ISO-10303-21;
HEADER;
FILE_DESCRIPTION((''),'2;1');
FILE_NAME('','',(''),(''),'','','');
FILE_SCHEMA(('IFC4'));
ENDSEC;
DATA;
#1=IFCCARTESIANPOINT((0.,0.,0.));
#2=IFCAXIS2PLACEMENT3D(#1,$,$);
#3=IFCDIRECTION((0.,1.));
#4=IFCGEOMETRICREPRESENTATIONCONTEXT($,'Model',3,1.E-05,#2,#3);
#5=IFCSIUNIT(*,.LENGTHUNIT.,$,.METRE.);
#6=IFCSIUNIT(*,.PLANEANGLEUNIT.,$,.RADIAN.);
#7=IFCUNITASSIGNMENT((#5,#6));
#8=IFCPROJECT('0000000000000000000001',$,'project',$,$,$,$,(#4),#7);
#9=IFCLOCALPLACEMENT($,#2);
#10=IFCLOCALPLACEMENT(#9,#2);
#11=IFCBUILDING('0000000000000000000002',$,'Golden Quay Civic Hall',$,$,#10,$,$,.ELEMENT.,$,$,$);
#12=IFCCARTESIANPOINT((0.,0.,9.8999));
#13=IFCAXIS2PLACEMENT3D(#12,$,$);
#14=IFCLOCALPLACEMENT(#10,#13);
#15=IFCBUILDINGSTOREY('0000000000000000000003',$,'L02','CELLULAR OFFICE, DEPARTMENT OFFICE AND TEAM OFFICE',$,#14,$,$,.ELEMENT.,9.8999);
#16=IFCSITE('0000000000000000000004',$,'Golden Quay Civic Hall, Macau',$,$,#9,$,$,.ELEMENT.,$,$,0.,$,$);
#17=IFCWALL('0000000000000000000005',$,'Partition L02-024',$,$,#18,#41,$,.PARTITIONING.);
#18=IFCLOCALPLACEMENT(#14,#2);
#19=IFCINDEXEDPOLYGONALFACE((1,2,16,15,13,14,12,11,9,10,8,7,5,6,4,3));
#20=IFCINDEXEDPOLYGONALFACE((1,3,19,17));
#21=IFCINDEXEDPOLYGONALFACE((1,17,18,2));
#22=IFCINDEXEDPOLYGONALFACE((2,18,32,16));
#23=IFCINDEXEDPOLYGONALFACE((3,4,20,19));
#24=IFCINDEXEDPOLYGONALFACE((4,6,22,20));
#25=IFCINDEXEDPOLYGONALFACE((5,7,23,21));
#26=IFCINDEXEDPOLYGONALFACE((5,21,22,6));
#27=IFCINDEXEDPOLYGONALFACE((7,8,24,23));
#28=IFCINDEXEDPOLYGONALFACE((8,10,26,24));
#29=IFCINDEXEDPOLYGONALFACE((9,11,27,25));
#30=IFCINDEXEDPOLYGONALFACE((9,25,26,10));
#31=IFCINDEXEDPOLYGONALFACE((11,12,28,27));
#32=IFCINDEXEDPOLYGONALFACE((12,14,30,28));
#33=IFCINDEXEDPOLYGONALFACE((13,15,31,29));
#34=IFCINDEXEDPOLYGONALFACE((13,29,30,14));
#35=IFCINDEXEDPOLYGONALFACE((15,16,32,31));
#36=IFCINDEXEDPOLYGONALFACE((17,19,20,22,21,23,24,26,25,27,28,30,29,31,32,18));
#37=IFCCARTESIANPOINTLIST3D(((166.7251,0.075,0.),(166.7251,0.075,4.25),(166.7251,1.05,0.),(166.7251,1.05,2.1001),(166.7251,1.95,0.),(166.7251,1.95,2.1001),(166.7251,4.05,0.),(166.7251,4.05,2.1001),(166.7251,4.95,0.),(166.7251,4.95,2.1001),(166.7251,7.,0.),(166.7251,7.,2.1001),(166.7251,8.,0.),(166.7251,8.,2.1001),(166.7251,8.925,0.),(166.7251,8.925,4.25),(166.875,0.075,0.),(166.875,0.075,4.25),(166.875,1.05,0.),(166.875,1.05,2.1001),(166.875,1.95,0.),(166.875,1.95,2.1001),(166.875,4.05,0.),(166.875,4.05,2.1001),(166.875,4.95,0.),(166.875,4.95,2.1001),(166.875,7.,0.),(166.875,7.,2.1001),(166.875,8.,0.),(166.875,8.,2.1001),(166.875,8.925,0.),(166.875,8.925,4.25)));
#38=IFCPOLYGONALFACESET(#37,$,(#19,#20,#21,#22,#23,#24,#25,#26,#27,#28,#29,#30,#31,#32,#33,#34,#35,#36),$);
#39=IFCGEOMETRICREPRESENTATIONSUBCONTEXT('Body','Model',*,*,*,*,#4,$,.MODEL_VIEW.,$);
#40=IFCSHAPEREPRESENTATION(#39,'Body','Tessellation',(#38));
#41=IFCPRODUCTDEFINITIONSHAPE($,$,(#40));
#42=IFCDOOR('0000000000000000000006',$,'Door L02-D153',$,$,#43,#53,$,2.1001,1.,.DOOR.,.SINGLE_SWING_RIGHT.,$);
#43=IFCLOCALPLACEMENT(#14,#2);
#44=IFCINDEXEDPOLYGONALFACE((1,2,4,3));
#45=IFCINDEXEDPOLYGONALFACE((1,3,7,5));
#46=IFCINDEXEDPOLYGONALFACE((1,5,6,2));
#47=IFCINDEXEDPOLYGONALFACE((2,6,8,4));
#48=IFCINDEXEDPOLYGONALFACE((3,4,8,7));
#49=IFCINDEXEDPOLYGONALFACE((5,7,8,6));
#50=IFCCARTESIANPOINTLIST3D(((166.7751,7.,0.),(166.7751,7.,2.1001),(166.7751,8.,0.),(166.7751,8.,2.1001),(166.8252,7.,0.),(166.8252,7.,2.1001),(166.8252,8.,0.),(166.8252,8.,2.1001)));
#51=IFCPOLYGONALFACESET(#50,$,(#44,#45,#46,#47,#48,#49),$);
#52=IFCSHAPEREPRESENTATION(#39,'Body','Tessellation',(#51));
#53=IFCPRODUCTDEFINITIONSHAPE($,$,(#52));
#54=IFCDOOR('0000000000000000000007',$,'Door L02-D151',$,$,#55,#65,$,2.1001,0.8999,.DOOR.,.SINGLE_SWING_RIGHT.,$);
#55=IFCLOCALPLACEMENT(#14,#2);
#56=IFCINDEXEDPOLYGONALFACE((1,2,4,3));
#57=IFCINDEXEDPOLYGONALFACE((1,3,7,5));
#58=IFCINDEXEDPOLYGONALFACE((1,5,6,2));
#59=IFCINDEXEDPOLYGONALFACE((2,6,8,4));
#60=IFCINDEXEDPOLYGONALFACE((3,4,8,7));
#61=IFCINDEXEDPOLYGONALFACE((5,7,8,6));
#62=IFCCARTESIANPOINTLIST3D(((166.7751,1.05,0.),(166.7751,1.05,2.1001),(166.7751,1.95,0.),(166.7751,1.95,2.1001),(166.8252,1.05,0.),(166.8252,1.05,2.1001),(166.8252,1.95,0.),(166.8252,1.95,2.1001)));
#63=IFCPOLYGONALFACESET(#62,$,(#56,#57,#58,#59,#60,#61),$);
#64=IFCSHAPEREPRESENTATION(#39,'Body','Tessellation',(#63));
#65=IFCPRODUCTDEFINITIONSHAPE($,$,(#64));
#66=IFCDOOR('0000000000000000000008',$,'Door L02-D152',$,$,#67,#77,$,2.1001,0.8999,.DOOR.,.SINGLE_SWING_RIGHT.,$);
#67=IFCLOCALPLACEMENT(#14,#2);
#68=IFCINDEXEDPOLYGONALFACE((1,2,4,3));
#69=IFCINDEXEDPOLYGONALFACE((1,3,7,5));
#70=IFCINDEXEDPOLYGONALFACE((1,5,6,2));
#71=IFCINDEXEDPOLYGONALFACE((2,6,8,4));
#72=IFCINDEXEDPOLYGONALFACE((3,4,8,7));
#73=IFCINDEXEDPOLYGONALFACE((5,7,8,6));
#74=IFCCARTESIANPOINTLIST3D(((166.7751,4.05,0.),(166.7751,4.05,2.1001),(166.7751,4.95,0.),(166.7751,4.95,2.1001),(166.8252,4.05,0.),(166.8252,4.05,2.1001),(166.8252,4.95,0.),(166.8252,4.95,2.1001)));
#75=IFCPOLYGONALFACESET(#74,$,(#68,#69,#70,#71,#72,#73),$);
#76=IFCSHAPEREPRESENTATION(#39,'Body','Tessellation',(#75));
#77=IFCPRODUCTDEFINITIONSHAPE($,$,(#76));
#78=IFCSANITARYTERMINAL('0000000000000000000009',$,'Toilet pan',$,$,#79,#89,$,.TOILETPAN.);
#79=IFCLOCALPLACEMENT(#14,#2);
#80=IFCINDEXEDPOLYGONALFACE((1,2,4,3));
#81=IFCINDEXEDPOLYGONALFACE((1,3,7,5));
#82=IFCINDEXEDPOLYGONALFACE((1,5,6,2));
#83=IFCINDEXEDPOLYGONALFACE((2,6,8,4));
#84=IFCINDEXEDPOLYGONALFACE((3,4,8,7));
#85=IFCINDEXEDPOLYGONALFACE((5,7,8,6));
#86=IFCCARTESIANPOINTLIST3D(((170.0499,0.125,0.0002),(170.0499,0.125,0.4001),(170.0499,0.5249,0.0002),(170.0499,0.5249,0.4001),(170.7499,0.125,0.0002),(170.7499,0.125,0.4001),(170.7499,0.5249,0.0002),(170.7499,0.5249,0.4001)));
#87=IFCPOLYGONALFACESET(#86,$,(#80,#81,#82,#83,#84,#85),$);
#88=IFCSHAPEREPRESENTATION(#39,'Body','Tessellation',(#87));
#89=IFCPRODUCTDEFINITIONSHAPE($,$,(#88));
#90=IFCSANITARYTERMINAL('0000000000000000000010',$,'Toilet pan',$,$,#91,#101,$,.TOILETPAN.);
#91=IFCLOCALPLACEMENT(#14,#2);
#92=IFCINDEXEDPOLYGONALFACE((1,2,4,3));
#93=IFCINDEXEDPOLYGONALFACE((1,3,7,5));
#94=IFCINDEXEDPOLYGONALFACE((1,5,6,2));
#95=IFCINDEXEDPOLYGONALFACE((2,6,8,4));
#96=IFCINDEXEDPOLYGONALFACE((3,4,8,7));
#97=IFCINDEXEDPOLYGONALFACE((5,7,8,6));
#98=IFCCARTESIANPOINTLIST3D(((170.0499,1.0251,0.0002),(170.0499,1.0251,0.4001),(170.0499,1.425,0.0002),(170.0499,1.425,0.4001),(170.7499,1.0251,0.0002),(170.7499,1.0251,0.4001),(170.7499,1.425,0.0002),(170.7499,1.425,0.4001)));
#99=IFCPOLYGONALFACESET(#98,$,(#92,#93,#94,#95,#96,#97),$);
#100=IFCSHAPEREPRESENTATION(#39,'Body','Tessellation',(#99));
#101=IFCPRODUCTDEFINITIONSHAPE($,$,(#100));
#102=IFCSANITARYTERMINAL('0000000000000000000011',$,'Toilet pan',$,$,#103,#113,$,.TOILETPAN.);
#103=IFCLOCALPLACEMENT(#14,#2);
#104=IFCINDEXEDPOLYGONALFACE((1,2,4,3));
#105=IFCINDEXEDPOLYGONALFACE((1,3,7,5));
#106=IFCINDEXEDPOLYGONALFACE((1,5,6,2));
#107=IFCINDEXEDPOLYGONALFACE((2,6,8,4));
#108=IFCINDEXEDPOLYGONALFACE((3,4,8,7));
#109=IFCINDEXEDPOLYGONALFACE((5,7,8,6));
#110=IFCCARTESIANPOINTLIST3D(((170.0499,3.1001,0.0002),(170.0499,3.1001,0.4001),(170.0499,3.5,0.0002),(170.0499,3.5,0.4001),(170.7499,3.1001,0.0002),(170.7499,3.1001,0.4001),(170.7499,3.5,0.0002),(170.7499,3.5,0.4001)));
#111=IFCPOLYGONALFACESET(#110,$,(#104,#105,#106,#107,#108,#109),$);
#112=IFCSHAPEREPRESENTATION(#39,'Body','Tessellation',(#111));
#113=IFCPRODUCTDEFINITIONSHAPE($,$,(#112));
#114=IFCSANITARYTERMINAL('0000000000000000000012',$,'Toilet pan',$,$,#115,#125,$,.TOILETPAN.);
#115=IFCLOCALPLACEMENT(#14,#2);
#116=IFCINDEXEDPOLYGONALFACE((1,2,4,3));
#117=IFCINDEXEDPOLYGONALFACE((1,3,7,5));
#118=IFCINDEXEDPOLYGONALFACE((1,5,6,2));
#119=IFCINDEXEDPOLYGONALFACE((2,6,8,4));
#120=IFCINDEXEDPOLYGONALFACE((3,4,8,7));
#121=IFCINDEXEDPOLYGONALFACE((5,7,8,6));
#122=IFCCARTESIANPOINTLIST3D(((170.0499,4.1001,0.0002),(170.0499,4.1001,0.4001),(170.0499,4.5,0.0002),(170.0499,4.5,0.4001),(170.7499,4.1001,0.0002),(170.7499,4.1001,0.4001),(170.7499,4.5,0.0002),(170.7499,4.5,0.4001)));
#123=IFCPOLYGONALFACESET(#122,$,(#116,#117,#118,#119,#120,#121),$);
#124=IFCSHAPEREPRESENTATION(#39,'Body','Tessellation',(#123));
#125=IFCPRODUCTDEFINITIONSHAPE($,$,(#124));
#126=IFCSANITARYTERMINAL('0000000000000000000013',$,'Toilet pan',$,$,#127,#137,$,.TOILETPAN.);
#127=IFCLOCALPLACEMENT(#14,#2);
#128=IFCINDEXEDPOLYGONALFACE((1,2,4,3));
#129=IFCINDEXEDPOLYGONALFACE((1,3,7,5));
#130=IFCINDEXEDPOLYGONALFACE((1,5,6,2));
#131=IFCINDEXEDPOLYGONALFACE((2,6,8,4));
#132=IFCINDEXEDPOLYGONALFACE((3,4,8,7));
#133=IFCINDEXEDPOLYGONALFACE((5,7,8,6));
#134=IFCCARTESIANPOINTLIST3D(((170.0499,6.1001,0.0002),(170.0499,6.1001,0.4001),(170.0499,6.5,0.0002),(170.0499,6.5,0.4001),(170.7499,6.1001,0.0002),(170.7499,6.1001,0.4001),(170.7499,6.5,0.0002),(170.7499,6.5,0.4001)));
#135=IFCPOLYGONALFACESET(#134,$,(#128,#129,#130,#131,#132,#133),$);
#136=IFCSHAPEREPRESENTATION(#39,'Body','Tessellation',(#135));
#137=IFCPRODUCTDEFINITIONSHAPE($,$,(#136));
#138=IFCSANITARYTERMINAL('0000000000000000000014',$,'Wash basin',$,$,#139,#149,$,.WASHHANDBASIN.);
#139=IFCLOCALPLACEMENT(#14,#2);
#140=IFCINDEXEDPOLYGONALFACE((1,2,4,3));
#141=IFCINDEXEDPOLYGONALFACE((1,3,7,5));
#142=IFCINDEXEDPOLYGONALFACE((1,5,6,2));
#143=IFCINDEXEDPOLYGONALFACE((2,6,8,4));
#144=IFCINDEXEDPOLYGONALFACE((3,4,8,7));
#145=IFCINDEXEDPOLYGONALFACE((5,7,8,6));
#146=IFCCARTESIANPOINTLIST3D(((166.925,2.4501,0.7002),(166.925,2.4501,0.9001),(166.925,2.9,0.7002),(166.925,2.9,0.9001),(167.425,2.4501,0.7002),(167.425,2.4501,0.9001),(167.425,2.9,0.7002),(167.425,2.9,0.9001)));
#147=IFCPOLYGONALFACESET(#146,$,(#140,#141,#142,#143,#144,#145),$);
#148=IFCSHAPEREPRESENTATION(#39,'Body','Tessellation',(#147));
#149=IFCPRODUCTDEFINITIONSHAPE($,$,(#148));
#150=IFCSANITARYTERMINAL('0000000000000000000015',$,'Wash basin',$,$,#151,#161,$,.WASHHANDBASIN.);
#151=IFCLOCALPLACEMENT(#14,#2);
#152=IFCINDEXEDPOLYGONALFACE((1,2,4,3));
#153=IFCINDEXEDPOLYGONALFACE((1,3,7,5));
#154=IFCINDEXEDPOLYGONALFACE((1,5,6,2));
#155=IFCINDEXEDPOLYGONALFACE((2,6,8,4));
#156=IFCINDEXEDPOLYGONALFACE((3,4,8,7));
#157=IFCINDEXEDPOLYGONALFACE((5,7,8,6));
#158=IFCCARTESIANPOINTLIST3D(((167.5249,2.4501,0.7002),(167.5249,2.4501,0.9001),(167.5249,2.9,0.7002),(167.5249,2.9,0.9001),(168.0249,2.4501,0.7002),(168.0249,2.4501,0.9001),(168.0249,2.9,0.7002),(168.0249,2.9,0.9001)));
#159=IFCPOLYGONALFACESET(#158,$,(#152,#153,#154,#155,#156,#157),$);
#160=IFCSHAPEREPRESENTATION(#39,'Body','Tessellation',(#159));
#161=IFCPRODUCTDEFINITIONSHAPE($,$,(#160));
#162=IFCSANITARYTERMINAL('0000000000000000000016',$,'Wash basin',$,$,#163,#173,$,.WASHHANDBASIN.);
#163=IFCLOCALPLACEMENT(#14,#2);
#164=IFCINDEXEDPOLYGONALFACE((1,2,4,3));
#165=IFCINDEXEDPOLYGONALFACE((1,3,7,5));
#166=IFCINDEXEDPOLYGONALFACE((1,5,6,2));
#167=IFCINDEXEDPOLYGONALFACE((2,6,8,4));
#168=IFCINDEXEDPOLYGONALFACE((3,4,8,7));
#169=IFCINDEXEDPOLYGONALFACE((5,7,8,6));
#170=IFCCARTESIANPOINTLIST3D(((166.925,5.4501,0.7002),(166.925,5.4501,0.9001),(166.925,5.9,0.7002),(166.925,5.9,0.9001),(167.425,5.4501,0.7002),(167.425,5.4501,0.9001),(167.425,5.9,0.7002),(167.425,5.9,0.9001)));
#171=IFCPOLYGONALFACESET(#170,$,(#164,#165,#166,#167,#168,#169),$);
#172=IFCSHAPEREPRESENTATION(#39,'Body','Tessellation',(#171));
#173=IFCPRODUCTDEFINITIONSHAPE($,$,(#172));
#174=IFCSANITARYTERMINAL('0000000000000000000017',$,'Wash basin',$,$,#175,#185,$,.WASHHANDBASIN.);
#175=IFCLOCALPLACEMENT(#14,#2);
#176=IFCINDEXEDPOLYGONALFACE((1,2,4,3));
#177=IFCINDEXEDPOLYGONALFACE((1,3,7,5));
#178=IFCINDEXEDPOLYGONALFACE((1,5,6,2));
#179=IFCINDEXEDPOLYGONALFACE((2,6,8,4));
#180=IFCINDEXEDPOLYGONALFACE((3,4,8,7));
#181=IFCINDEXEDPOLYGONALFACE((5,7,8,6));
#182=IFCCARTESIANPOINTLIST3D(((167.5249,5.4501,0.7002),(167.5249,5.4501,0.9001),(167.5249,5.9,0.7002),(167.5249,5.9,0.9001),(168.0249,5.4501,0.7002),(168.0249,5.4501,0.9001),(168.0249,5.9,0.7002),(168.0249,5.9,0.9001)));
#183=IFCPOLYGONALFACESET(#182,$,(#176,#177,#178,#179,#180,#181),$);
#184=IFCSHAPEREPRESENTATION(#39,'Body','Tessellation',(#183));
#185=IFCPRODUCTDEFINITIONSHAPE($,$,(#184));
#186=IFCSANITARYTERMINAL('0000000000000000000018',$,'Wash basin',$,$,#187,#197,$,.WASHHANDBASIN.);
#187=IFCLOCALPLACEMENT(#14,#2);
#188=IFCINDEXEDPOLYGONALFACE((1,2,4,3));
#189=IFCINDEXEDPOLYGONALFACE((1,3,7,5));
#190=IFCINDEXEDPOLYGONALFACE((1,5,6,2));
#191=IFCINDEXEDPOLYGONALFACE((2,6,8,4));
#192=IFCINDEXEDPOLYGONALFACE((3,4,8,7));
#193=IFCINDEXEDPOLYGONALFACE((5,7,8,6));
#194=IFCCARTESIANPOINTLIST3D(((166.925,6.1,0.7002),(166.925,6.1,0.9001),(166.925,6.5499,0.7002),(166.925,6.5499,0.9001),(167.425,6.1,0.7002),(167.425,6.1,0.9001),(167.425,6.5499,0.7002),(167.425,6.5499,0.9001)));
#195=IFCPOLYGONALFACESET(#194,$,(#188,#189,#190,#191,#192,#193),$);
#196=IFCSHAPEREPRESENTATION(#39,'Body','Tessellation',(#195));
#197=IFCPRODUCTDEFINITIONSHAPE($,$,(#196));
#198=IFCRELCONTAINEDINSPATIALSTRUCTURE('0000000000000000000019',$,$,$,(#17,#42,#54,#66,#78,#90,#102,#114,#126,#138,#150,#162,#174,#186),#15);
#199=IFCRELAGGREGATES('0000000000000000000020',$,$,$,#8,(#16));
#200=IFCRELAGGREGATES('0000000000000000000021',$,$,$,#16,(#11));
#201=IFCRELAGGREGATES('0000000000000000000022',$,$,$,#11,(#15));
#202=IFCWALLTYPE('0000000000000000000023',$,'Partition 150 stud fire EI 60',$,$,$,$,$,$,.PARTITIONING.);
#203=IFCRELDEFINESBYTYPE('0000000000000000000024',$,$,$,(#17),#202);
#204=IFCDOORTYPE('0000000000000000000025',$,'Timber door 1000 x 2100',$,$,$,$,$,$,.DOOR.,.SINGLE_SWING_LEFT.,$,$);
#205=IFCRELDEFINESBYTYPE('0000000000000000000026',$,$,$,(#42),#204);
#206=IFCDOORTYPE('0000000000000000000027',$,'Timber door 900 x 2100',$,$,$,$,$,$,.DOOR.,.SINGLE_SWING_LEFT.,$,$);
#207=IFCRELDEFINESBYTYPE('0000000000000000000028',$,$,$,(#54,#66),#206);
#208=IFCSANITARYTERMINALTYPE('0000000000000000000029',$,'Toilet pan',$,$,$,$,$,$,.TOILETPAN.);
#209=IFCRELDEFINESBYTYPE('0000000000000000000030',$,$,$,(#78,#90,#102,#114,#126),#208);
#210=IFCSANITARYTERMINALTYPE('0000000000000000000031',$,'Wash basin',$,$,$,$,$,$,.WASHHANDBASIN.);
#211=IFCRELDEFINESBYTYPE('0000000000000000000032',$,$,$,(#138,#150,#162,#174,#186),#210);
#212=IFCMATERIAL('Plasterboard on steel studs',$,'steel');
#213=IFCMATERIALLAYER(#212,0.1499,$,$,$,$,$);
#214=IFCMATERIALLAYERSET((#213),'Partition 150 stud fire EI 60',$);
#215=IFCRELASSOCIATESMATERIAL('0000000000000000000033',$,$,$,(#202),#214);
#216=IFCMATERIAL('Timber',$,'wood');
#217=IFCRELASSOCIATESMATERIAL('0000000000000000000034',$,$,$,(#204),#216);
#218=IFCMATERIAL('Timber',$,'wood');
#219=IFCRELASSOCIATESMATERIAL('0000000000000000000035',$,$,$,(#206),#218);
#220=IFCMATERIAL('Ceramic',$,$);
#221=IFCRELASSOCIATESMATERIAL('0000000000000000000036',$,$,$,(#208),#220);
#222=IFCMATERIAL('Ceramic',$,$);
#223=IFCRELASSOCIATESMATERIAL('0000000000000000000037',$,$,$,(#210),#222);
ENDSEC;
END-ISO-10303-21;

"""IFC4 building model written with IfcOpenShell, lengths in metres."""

from ifc_helpers import new_model, si_unit, direction, frame, frame_2d, origin, origin_2d, place, context, subcontext, project, spatial, rectangle, extrude, material, layer, layer_set, type_object, element, fill, save


model = new_model("IFC4")

# Units and contexts
model_context = context("Model", 3, precision=1e-05, world=origin(), true_north=direction((0.0, 1.0)))
body_context = subcontext(model_context, "Body", "Model", "MODEL_VIEW")
ifc_project = project(units=[si_unit("LENGTHUNIT", "METRE"), si_unit("PLANEANGLEUNIT", "RADIAN")], contexts=[model_context])

# Site, building, storey
site_placement = place(None, origin())
site = spatial("IfcSite", under=ifc_project, at=site_placement, Name="Golden Quay Civic Hall, Macau", CompositionType="ELEMENT", RefElevation=0.0)
building_placement = place(site_placement, origin())
building = spatial("IfcBuilding", under=site, at=building_placement, Name="Golden Quay Civic Hall", CompositionType="ELEMENT")
storey_placement = place(building_placement, frame((0.0, 0.0, 9.8999)))
storey = spatial("IfcBuildingStorey", under=building, at=storey_placement, Name="L02", Description="CELLULAR OFFICE, DEPARTMENT OFFICE AND TEAM OFFICE", CompositionType="ELEMENT", Elevation=9.8999)

# Shared definitions
ifc_material_1 = material(Name="Plasterboard on steel studs", Category="steel")
ifc_layer_1 = layer(ifc_material_1, 0.1499)
ifc_layer_set_1 = layer_set([ifc_layer_1], Name="Partition 150 stud fire EI 60")
wall_type_1 = type_object("IfcWallType", Name="Partition 150 stud fire EI 60", PredefinedType="PARTITIONING", material=ifc_layer_set_1)

# Wall, openings, doors
wall_1_placement = place(storey_placement, frame((166.8, 0.075, 0.0), z_axis=(0.0, 0.0, 1.0), x_axis=(0.0, 1.0, 0.0)))
wall_1 = element("IfcWall", 1, at=wall_1_placement, inside=storey, type_object=wall_type_1, Name="Partition L02-024", PredefinedType="PARTITIONING", context=body_context, shape_type="SweptSolid", body=[
    extrude(rectangle(XDim=8.8501, YDim=0.1499, at=frame_2d((4.425, 0.0))), origin(), (0.0, 0.0, 1.0), 4.25),
])
opening_1_placement = place(wall_1_placement, frame((0.9751, 0.0, 0.0)))
opening_1 = element("IfcOpeningElement", 2, at=opening_1_placement, cuts=wall_1, PredefinedType="OPENING", context=body_context, shape_type="SweptSolid", body=[
    extrude(rectangle(XDim=0.8999, YDim=2.1001, at=frame_2d((0.45, 1.05))), frame((0.0, 0.085, 0.0), z_axis=(0.0, -1.0, 0.0), x_axis=(1.0, 0.0, 0.0)), (0.0, 0.0, 1.0), 0.1699),
])
opening_2_placement = place(wall_1_placement, frame((3.9751, 0.0, 0.0)))
opening_2 = element("IfcOpeningElement", 3, at=opening_2_placement, cuts=wall_1, PredefinedType="OPENING", context=body_context, shape_type="SweptSolid", body=[
    extrude(rectangle(XDim=0.8999, YDim=2.1001, at=frame_2d((0.45, 1.05))), frame((0.0, 0.085, 0.0), z_axis=(0.0, -1.0, 0.0), x_axis=(1.0, 0.0, 0.0)), (0.0, 0.0, 1.0), 0.1699),
])
opening_3_placement = place(wall_1_placement, frame((6.925, 0.0, 0.0)))
opening_3 = element("IfcOpeningElement", 4, at=opening_3_placement, cuts=wall_1, PredefinedType="OPENING", context=body_context, shape_type="SweptSolid", body=[
    extrude(rectangle(XDim=1.0, YDim=2.1001, at=frame_2d((0.5, 1.05))), frame((0.0, 0.085, 0.0), z_axis=(0.0, -1.0, 0.0), x_axis=(1.0, 0.0, 0.0)), (0.0, 0.0, 1.0), 0.1699),
])
ifc_material_2 = material(Name="Timber", Category="wood")
door_type_1 = type_object("IfcDoorType", Name="Timber door 1000 x 2100", OperationType="SINGLE_SWING_LEFT", PredefinedType="DOOR", material=ifc_material_2)
door_1_placement = place(opening_3_placement, frame((1.0, 0.0, 0.0), z_axis=(0.0, 0.0, 1.0), x_axis=(-1.0, 0.0, 0.0)))
door_1 = element("IfcDoor", 5, at=door_1_placement, inside=storey, type_object=door_type_1, Name="Door L02-D153", OperationType="SINGLE_SWING_RIGHT", OverallHeight=2.1001, OverallWidth=1.0, PredefinedType="DOOR", context=body_context, shape_type="SweptSolid", body=[
    extrude(rectangle(XDim=1.0, YDim=2.1001, at=frame_2d((0.5, 1.05))), frame((0.0, 0.0251, 0.0), z_axis=(0.0, -1.0, 0.0), x_axis=(1.0, 0.0, 0.0)), (0.0, 0.0, 1.0), 0.05),
])
fill(opening_3, door_1)
ifc_material_3 = material(Name="Timber", Category="wood")
door_type_2 = type_object("IfcDoorType", Name="Timber door 900 x 2100", OperationType="SINGLE_SWING_LEFT", PredefinedType="DOOR", material=ifc_material_3)
door_2_placement = place(opening_1_placement, frame((0.8999, 0.0, 0.0), z_axis=(0.0, 0.0, 1.0), x_axis=(-1.0, 0.0, 0.0)))
door_2 = element("IfcDoor", 6, at=door_2_placement, inside=storey, type_object=door_type_2, Name="Door L02-D151", OperationType="SINGLE_SWING_RIGHT", OverallHeight=2.1001, OverallWidth=0.8999, PredefinedType="DOOR", context=body_context, shape_type="SweptSolid", body=[
    extrude(rectangle(XDim=0.8999, YDim=2.1001, at=frame_2d((0.45, 1.05))), frame((0.0, 0.0251, 0.0), z_axis=(0.0, -1.0, 0.0), x_axis=(1.0, 0.0, 0.0)), (0.0, 0.0, 1.0), 0.05),
])
fill(opening_1, door_2)
door_3_placement = place(opening_2_placement, frame((0.8999, 0.0, 0.0), z_axis=(0.0, 0.0, 1.0), x_axis=(-1.0, 0.0, 0.0)))
door_3 = element("IfcDoor", 7, at=door_3_placement, inside=storey, type_object=door_type_2, Name="Door L02-D152", OperationType="SINGLE_SWING_RIGHT", OverallHeight=2.1001, OverallWidth=0.8999, PredefinedType="DOOR", context=body_context, shape_type="SweptSolid", body=[
    extrude(rectangle(XDim=0.8999, YDim=2.1001, at=frame_2d((0.45, 1.05))), frame((0.0, 0.0251, 0.0), z_axis=(0.0, -1.0, 0.0), x_axis=(1.0, 0.0, 0.0)), (0.0, 0.0, 1.0), 0.05),
])
fill(opening_2, door_3)

# Sanitary terminals
ifc_material_4 = material(Name="Ceramic")
sanitary_terminal_type_1 = type_object("IfcSanitaryTerminalType", Name="Toilet pan", PredefinedType="TOILETPAN", material=ifc_material_4)
for number, where, z_axis, x_axis, name in (
    (8, (170.3999, 0.325, 0.0002), (0.0, 0.0, 1.0), (0.0, 1.0, 0.0), "Toilet pan"),
    (9, (170.3999, 1.2251, 0.0002), (0.0, 0.0, 1.0), (0.0, 1.0, 0.0), "Toilet pan"),
    (10, (170.3999, 3.3, 0.0002), (0.0, 0.0, 1.0), (0.0, 1.0, 0.0), "Toilet pan"),
    (11, (170.3999, 4.3, 0.0002), (0.0, 0.0, 1.0), (0.0, 1.0, 0.0), "Toilet pan"),
    (12, (170.3999, 6.3, 0.0002), (0.0, 0.0, 1.0), (0.0, 1.0, 0.0), "Toilet pan"),
):
    element("IfcSanitaryTerminal", number, at=place(storey_placement, frame(where, z_axis=z_axis, x_axis=x_axis)), inside=storey, type_object=sanitary_terminal_type_1, Name=name, PredefinedType="TOILETPAN", context=body_context, shape_type="SweptSolid", body=[
        extrude(rectangle(XDim=0.3999, YDim=0.7, at=origin_2d()), origin(), (0.0, 0.0, 1.0), 0.3999),
    ])
ifc_material_5 = material(Name="Ceramic")
sanitary_terminal_type_2 = type_object("IfcSanitaryTerminalType", Name="Wash basin", PredefinedType="WASHHANDBASIN", material=ifc_material_5)
for number, where, z_axis, x_axis, name in (
    (13, (167.175, 2.675, 0.7002), (0.0, 0.0, 1.0), (1.0, 0.0, 0.0), "Wash basin"),
    (14, (167.7749, 2.675, 0.7002), (0.0, 0.0, 1.0), (1.0, 0.0, 0.0), "Wash basin"),
    (15, (167.175, 5.675, 0.7002), (0.0, 0.0, 1.0), (1.0, 0.0, 0.0), "Wash basin"),
    (16, (167.7749, 5.675, 0.7002), (0.0, 0.0, 1.0), (1.0, 0.0, 0.0), "Wash basin"),
    (17, (167.175, 6.325, 0.7002), (0.0, 0.0, 1.0), (1.0, 0.0, 0.0), "Wash basin"),
):
    element("IfcSanitaryTerminal", number, at=place(storey_placement, frame(where, z_axis=z_axis, x_axis=x_axis)), inside=storey, type_object=sanitary_terminal_type_2, Name=name, PredefinedType="WASHHANDBASIN", context=body_context, shape_type="SweptSolid", body=[
        extrude(rectangle(XDim=0.5, YDim=0.45, at=origin_2d()), origin(), (0.0, 0.0, 1.0), 0.2),
    ])

save(model, "model.ifc")
